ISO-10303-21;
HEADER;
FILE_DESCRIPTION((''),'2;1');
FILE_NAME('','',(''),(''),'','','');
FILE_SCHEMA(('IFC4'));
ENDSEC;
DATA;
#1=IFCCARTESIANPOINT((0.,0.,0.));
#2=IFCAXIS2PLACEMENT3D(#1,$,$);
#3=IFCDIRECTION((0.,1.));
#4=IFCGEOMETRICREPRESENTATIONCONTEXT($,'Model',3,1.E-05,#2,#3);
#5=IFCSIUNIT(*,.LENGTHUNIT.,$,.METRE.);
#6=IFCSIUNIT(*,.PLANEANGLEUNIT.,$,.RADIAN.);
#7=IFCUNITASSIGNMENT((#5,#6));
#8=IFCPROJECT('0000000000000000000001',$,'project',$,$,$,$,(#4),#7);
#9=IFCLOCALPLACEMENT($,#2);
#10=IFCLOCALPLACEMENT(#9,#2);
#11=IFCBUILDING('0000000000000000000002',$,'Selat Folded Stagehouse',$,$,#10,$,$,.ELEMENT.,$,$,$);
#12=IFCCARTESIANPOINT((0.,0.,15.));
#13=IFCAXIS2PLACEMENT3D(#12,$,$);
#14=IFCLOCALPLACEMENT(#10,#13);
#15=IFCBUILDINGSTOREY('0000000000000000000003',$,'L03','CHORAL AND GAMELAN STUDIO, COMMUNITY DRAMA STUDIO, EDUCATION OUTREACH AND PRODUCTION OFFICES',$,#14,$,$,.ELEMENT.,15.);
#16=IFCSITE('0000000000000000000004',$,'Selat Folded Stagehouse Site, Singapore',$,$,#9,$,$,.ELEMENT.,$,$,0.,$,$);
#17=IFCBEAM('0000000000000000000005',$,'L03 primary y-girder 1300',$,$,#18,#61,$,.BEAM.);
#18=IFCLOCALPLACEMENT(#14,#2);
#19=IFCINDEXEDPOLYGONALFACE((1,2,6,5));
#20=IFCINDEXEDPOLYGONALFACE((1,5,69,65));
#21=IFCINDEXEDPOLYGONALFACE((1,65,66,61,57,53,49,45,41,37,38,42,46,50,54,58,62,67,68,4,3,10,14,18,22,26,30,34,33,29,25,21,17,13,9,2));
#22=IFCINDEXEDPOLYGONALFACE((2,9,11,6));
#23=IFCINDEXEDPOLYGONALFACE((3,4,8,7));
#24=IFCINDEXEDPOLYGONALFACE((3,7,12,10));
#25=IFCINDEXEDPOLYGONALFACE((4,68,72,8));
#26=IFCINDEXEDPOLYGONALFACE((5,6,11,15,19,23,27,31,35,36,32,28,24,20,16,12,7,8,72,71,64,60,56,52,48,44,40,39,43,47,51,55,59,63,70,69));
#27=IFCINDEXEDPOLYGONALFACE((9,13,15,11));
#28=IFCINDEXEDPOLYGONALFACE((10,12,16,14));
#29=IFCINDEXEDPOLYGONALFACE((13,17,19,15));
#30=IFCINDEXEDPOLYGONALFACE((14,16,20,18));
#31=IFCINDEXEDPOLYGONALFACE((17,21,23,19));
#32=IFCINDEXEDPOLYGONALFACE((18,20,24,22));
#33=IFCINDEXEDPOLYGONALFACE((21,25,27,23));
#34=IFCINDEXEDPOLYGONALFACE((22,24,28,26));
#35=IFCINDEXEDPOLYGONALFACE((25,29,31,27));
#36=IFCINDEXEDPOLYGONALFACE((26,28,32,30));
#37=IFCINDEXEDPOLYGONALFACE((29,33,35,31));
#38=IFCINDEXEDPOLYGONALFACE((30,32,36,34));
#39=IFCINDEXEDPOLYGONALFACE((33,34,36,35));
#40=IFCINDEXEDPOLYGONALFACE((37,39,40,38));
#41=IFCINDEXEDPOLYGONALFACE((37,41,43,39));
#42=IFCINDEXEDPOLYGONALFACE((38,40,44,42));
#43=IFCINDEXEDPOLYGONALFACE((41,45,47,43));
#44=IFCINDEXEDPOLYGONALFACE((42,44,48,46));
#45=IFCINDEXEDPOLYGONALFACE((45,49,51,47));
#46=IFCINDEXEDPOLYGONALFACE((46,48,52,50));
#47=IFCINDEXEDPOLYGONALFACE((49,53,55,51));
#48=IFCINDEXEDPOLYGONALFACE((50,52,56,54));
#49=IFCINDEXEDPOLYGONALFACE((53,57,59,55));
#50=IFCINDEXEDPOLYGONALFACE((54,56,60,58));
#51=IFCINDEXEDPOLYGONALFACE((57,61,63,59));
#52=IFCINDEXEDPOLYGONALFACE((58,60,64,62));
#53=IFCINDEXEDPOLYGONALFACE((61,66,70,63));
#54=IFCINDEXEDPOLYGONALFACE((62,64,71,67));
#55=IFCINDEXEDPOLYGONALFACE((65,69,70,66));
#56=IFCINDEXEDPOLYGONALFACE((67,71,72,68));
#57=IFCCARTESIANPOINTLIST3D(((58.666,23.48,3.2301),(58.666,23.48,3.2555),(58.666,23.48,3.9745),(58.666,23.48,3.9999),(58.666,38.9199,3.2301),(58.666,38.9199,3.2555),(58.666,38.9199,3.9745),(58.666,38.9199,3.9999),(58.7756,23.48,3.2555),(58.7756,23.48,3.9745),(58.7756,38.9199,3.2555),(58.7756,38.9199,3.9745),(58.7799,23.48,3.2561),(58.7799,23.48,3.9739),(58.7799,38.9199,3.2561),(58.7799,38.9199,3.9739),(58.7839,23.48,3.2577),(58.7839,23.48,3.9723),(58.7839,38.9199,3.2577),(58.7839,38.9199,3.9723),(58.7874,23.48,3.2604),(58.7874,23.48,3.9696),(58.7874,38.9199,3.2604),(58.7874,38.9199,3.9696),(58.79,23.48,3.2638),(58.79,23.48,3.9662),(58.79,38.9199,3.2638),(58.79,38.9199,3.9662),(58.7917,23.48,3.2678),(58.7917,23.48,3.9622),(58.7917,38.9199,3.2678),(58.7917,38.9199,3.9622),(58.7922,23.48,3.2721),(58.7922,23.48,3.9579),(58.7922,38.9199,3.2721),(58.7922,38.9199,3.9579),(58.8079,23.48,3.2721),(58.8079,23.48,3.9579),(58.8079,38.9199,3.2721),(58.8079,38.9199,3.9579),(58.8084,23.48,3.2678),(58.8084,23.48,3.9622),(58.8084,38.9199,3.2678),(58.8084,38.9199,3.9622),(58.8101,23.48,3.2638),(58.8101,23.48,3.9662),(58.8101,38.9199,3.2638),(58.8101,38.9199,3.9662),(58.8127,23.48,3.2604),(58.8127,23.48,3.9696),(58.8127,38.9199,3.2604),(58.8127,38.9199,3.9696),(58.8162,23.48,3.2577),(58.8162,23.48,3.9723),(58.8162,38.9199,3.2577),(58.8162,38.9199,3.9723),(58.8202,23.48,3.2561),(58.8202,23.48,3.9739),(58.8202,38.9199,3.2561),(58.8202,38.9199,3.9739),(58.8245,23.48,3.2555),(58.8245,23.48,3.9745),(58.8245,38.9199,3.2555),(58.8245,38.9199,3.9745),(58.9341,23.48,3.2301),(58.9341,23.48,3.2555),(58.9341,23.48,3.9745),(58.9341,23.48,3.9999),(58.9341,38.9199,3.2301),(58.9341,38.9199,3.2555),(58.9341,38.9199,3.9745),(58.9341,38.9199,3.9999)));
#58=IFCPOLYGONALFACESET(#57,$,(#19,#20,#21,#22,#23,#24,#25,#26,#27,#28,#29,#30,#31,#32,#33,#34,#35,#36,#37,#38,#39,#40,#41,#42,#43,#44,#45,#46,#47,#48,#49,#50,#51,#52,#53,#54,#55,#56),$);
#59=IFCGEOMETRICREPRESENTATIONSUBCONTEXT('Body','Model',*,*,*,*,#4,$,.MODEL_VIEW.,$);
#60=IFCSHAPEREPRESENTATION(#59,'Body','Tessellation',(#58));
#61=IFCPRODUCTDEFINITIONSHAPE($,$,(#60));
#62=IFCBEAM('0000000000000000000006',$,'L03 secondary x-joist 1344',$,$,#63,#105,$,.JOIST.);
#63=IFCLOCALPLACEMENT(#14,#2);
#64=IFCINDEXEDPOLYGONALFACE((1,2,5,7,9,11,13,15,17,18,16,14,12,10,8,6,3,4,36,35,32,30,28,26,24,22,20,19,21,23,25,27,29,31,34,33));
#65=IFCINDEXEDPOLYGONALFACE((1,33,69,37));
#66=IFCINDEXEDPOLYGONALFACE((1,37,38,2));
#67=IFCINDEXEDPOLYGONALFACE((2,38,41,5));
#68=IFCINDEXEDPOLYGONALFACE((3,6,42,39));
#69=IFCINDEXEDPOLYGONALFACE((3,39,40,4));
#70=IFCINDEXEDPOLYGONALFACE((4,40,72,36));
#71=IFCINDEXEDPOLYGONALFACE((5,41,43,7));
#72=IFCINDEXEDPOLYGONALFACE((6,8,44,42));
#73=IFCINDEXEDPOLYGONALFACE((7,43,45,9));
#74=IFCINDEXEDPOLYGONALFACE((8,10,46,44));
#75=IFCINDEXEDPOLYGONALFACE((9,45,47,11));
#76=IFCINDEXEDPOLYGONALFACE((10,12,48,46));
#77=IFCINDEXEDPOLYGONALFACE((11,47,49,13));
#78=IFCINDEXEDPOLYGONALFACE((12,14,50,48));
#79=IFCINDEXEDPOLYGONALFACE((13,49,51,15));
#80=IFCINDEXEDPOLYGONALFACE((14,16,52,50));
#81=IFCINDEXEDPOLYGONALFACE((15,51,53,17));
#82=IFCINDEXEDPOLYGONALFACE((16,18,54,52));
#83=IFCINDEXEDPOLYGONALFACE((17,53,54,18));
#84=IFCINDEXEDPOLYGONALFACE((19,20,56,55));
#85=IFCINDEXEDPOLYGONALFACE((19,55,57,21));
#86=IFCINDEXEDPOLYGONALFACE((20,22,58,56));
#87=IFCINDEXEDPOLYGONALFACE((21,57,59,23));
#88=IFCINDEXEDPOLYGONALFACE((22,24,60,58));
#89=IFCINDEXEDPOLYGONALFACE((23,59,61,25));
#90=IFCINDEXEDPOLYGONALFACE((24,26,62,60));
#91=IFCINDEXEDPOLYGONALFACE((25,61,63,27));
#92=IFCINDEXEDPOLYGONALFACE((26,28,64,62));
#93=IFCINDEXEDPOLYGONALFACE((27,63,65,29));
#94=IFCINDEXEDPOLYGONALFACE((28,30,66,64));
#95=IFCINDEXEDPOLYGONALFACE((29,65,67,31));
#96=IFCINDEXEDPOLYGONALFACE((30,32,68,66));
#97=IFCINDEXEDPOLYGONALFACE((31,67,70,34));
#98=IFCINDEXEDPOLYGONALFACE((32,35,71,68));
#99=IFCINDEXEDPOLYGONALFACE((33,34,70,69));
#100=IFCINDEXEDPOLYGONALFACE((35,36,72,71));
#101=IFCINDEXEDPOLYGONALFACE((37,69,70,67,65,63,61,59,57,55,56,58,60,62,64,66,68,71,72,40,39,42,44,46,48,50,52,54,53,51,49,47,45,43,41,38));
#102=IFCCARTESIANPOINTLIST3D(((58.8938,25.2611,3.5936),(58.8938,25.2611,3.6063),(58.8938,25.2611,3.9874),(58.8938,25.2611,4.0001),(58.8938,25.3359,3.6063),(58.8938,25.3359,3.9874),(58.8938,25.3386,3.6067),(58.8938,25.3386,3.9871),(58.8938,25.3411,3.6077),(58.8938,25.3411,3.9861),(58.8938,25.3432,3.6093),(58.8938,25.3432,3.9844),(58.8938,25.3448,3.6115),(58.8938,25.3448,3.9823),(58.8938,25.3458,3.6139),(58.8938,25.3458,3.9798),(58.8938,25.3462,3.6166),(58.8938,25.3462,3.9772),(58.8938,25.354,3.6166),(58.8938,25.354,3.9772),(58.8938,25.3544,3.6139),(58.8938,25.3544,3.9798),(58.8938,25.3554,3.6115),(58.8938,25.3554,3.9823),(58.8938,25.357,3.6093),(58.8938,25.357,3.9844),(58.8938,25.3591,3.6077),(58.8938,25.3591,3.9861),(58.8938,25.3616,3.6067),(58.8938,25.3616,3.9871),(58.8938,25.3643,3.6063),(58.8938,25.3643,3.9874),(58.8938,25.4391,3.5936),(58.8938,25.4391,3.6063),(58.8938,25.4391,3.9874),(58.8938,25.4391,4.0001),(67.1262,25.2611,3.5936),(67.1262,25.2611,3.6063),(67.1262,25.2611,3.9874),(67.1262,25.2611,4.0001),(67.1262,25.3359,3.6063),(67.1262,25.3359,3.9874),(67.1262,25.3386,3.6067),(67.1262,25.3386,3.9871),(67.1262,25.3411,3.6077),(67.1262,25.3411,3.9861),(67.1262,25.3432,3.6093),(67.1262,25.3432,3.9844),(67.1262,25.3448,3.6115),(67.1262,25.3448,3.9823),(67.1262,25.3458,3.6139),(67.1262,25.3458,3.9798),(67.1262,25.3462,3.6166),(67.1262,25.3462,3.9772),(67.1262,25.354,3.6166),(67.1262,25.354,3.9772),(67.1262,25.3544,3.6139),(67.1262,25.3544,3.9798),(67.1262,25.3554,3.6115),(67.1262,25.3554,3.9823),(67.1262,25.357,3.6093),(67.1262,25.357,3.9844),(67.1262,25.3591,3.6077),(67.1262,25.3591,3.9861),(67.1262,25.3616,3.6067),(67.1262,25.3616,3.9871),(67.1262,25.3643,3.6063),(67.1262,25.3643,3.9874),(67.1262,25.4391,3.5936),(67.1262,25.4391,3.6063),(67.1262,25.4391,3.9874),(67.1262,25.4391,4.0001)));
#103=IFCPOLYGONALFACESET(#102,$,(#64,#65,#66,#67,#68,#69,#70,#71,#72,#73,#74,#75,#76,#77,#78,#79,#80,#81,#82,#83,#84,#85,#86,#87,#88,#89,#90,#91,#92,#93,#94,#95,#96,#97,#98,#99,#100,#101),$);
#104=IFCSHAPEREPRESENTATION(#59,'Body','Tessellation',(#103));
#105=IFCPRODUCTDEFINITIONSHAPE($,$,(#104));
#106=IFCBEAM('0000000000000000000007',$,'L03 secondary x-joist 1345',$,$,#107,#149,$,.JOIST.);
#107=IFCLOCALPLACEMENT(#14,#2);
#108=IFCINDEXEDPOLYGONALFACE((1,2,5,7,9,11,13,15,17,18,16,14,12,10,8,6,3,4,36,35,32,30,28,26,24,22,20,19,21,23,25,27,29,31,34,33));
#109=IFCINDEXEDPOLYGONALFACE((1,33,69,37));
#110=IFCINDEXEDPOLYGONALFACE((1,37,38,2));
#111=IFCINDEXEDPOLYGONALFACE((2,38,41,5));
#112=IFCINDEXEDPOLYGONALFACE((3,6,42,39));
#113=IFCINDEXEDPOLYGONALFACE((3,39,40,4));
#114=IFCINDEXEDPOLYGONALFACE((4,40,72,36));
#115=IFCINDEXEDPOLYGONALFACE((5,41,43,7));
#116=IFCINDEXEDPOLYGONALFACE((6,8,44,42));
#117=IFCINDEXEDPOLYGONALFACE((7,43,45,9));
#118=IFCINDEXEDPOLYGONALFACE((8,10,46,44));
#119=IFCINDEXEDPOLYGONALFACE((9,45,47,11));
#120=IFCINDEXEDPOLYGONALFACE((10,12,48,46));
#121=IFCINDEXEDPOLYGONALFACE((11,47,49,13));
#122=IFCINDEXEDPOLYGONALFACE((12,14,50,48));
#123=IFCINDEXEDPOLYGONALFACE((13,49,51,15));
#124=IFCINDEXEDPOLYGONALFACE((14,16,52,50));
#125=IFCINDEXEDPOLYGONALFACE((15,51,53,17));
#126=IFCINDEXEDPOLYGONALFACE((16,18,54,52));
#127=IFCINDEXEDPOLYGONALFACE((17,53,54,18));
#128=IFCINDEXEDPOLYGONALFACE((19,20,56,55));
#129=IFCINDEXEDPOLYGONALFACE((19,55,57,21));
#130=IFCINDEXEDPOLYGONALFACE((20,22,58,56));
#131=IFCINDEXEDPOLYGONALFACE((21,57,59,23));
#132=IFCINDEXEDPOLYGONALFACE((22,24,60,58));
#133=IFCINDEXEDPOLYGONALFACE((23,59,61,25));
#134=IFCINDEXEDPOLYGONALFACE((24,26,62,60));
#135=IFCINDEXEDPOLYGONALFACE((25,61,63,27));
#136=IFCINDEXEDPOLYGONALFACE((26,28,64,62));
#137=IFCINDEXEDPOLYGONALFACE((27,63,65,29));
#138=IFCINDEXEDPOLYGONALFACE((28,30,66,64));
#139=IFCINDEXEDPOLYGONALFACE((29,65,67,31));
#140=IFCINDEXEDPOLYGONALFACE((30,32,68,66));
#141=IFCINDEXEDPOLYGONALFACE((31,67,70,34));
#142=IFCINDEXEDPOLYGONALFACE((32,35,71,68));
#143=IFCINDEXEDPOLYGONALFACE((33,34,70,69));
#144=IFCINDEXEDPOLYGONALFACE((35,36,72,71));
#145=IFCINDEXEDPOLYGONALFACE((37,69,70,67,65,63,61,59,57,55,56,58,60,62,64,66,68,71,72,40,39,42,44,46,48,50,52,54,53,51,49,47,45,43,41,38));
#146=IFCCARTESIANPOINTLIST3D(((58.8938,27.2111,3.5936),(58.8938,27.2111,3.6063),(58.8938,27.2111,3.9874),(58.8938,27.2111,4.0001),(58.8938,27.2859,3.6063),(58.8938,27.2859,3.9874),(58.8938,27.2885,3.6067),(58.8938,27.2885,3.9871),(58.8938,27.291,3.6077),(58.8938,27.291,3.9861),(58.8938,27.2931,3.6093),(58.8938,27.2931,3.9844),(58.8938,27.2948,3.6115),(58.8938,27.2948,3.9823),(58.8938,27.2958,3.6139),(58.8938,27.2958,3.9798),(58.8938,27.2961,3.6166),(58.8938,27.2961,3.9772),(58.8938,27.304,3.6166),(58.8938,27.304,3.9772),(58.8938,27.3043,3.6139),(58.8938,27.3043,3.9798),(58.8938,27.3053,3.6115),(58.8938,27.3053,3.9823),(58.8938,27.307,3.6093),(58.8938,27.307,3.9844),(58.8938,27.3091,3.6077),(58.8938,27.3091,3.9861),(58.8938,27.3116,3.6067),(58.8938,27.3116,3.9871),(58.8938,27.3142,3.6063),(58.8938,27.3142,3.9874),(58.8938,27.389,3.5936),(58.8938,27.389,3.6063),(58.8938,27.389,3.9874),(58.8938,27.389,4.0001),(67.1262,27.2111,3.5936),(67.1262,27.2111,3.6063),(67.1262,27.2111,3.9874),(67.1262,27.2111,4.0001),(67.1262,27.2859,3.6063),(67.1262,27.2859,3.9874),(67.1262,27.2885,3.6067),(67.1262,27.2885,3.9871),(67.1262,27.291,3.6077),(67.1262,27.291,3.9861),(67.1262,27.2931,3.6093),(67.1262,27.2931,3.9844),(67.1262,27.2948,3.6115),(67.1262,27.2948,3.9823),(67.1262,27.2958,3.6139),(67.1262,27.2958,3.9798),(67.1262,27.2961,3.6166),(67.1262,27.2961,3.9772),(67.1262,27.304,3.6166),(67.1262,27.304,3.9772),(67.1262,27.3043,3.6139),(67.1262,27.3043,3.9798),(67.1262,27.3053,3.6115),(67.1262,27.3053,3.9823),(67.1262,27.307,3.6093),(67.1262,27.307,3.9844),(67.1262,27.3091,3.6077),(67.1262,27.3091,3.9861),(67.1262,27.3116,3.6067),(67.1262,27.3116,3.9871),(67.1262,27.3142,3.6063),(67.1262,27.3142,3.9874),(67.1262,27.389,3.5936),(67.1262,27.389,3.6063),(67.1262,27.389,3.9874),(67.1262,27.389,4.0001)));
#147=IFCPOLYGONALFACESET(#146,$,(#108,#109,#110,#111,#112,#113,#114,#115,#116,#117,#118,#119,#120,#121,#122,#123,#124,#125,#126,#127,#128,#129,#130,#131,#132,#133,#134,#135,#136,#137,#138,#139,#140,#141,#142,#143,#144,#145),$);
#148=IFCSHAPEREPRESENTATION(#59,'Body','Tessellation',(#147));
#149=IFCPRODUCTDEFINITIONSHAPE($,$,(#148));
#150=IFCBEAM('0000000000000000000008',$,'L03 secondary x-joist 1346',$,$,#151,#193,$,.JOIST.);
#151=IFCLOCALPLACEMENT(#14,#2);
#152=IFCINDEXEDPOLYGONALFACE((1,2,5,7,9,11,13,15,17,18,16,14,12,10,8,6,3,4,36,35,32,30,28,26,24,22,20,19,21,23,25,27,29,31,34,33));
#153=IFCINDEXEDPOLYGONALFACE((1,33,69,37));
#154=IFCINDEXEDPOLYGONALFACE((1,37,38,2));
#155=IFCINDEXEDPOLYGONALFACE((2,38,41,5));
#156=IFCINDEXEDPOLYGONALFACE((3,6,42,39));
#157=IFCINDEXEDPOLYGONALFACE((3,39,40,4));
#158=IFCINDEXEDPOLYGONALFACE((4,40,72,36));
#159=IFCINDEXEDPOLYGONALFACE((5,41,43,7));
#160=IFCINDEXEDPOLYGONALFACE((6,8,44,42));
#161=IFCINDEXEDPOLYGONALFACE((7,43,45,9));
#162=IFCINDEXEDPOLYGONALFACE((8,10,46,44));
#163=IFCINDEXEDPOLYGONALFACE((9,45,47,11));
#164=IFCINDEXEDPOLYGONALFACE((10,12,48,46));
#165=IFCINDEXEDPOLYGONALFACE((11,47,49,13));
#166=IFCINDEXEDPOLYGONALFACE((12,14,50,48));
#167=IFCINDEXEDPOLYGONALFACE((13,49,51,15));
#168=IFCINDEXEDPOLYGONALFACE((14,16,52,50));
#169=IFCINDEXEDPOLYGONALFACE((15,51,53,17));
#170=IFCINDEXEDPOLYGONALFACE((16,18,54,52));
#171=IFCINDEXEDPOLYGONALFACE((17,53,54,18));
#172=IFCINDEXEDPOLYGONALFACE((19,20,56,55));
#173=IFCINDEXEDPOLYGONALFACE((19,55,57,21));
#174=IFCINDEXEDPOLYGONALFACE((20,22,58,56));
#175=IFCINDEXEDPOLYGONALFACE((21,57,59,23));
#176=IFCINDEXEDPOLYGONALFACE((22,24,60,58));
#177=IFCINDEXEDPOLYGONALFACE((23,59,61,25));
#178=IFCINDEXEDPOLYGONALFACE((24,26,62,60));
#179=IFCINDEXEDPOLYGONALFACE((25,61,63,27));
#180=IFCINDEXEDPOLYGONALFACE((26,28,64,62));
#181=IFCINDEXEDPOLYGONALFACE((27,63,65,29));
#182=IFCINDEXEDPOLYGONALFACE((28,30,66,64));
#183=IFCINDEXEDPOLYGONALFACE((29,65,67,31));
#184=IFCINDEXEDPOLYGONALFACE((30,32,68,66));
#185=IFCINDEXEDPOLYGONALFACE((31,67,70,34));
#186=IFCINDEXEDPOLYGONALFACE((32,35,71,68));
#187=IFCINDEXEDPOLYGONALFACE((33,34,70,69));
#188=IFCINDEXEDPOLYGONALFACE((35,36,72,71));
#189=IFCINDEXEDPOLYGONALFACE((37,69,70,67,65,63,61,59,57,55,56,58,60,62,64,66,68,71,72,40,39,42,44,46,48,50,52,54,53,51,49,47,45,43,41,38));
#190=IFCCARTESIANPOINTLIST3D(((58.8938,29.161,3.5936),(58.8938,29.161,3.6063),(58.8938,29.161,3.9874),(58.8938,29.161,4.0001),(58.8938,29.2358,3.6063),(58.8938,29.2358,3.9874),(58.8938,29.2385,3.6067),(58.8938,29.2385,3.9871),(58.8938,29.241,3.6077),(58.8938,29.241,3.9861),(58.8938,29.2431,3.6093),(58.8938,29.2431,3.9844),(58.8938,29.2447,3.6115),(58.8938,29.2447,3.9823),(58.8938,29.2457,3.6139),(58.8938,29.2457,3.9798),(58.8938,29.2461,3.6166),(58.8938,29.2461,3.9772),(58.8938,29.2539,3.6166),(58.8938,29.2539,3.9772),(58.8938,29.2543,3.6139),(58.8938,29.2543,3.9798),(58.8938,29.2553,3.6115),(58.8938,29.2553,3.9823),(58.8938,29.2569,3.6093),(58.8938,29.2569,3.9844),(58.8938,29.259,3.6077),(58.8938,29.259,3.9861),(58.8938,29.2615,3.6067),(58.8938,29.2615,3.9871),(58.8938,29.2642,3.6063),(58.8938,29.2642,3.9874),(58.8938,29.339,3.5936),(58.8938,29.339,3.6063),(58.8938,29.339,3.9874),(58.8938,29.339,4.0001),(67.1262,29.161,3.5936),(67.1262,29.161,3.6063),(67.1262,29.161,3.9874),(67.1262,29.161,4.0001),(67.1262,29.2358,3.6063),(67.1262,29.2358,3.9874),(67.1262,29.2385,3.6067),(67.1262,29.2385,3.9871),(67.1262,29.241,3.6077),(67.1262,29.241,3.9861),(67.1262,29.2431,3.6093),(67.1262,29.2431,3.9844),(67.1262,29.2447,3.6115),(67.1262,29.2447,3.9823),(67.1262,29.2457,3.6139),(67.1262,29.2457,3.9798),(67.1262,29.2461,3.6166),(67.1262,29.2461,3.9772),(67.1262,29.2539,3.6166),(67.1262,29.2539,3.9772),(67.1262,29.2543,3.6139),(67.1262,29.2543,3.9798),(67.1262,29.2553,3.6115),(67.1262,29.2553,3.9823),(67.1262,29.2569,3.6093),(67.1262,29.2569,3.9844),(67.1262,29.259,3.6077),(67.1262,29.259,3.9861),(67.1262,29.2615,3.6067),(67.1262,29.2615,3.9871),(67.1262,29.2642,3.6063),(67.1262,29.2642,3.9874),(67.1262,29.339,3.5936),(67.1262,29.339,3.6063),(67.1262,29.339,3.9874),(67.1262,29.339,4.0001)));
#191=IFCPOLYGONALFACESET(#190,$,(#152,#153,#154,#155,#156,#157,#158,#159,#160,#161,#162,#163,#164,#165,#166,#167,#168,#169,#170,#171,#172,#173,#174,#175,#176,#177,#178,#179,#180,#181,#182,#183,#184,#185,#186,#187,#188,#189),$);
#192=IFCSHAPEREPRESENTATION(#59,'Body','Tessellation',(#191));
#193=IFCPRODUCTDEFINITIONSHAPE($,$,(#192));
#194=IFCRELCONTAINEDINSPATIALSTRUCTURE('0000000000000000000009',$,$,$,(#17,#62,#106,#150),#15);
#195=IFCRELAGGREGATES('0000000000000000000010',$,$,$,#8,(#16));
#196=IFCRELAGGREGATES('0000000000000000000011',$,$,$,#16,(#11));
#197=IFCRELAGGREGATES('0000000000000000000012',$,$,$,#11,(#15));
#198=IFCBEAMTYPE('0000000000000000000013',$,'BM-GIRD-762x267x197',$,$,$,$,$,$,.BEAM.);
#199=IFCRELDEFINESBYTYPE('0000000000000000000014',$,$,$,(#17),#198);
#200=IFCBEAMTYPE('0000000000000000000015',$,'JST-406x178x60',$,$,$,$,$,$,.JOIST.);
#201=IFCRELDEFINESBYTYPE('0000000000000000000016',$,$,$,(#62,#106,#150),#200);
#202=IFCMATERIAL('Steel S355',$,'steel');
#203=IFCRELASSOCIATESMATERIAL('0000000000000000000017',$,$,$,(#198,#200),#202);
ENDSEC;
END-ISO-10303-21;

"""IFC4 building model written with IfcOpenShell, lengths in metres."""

from ifc_helpers import new_model, si_unit, direction, frame, origin, origin_2d, place, context, subcontext, project, spatial, i_section, extrude, material, material_profile, profile_set, type_object, element, save


model = new_model("IFC4")

# Units and contexts
model_context = context("Model", 3, precision=1e-05, world=origin(), true_north=direction((0.0, 1.0)))
body_context = subcontext(model_context, "Body", "Model", "MODEL_VIEW")
ifc_project = project(units=[si_unit("LENGTHUNIT", "METRE"), si_unit("PLANEANGLEUNIT", "RADIAN")], contexts=[model_context])

# Site, building, storey
site_placement = place(None, origin())
site = spatial("IfcSite", under=ifc_project, at=site_placement, Name="Selat Folded Stagehouse Site, Singapore", CompositionType="ELEMENT", RefElevation=0.0)
building_placement = place(site_placement, origin())
building = spatial("IfcBuilding", under=site, at=building_placement, Name="Selat Folded Stagehouse", CompositionType="ELEMENT")
storey_placement = place(building_placement, frame((0.0, 0.0, 15.0)))
storey = spatial("IfcBuildingStorey", under=building, at=storey_placement, Name="L03", Description="CHORAL AND GAMELAN STUDIO, COMMUNITY DRAMA STUDIO, EDUCATION OUTREACH AND PRODUCTION OFFICES", CompositionType="ELEMENT", Elevation=15.0)

# Shared definitions
ifc_material_1 = material(Name="Steel S355", Category="steel")

# Beams
ifc_material_profile_1 = material_profile(ifc_material_1, i_section(OverallWidth=0.2681, OverallDepth=0.7698, WebThickness=0.0156, FlangeThickness=0.0254, FilletRadius=0.0166, at=origin_2d()), Name="UKB 762x267x197")
ifc_profile_set_1 = profile_set([ifc_material_profile_1], Name="Steel S355")
beam_type_1 = type_object("IfcBeamType", Name="BM-GIRD-762x267x197", PredefinedType="BEAM", material=ifc_profile_set_1)
beam_1_placement = place(storey_placement, frame((58.8, 23.48, 3.615), z_axis=(0.0, 1.0, 0.0), x_axis=(-1.0, 0.0, 0.0)))
element("IfcBeam", 1, at=beam_1_placement, inside=storey, type_object=beam_type_1, Name="L03 primary y-girder 1300", PredefinedType="BEAM", context=body_context, shape_type="SweptSolid", body=[
    extrude(i_section(OverallWidth=0.2681, OverallDepth=0.7698, WebThickness=0.0156, FlangeThickness=0.0254, FilletRadius=0.0166, at=origin_2d()), origin(), (0.0, 0.0, 1.0), 15.4399),
])
ifc_material_profile_2 = material_profile(ifc_material_1, i_section(OverallWidth=0.178, OverallDepth=0.4065, WebThickness=0.0078, FlangeThickness=0.0127, FilletRadius=0.0103, at=origin_2d()), Name="UKB 406x178x60")
ifc_profile_set_2 = profile_set([ifc_material_profile_2], Name="Steel S355")
beam_type_2 = type_object("IfcBeamType", Name="JST-406x178x60", PredefinedType="JOIST", material=ifc_profile_set_2)
for number, where, z_axis, x_axis, name in (
    (2, (58.8938, 25.3501, 3.7969), (1.0, 0.0, 0.0), (0.0, 1.0, 0.0), "L03 secondary x-joist 1344"),
    (3, (58.8938, 27.3, 3.7969), (1.0, 0.0, 0.0), (0.0, 1.0, 0.0), "L03 secondary x-joist 1345"),
    (4, (58.8938, 29.25, 3.7969), (1.0, 0.0, 0.0), (0.0, 1.0, 0.0), "L03 secondary x-joist 1346"),
):
    element("IfcBeam", number, at=place(storey_placement, frame(where, z_axis=z_axis, x_axis=x_axis)), inside=storey, type_object=beam_type_2, Name=name, PredefinedType="JOIST", context=body_context, shape_type="SweptSolid", body=[
        extrude(i_section(OverallWidth=0.178, OverallDepth=0.4065, WebThickness=0.0078, FlangeThickness=0.0127, FilletRadius=0.0103, at=origin_2d()), origin(), (0.0, 0.0, 1.0), 8.2324),
    ])

save(model, "model.ifc")
